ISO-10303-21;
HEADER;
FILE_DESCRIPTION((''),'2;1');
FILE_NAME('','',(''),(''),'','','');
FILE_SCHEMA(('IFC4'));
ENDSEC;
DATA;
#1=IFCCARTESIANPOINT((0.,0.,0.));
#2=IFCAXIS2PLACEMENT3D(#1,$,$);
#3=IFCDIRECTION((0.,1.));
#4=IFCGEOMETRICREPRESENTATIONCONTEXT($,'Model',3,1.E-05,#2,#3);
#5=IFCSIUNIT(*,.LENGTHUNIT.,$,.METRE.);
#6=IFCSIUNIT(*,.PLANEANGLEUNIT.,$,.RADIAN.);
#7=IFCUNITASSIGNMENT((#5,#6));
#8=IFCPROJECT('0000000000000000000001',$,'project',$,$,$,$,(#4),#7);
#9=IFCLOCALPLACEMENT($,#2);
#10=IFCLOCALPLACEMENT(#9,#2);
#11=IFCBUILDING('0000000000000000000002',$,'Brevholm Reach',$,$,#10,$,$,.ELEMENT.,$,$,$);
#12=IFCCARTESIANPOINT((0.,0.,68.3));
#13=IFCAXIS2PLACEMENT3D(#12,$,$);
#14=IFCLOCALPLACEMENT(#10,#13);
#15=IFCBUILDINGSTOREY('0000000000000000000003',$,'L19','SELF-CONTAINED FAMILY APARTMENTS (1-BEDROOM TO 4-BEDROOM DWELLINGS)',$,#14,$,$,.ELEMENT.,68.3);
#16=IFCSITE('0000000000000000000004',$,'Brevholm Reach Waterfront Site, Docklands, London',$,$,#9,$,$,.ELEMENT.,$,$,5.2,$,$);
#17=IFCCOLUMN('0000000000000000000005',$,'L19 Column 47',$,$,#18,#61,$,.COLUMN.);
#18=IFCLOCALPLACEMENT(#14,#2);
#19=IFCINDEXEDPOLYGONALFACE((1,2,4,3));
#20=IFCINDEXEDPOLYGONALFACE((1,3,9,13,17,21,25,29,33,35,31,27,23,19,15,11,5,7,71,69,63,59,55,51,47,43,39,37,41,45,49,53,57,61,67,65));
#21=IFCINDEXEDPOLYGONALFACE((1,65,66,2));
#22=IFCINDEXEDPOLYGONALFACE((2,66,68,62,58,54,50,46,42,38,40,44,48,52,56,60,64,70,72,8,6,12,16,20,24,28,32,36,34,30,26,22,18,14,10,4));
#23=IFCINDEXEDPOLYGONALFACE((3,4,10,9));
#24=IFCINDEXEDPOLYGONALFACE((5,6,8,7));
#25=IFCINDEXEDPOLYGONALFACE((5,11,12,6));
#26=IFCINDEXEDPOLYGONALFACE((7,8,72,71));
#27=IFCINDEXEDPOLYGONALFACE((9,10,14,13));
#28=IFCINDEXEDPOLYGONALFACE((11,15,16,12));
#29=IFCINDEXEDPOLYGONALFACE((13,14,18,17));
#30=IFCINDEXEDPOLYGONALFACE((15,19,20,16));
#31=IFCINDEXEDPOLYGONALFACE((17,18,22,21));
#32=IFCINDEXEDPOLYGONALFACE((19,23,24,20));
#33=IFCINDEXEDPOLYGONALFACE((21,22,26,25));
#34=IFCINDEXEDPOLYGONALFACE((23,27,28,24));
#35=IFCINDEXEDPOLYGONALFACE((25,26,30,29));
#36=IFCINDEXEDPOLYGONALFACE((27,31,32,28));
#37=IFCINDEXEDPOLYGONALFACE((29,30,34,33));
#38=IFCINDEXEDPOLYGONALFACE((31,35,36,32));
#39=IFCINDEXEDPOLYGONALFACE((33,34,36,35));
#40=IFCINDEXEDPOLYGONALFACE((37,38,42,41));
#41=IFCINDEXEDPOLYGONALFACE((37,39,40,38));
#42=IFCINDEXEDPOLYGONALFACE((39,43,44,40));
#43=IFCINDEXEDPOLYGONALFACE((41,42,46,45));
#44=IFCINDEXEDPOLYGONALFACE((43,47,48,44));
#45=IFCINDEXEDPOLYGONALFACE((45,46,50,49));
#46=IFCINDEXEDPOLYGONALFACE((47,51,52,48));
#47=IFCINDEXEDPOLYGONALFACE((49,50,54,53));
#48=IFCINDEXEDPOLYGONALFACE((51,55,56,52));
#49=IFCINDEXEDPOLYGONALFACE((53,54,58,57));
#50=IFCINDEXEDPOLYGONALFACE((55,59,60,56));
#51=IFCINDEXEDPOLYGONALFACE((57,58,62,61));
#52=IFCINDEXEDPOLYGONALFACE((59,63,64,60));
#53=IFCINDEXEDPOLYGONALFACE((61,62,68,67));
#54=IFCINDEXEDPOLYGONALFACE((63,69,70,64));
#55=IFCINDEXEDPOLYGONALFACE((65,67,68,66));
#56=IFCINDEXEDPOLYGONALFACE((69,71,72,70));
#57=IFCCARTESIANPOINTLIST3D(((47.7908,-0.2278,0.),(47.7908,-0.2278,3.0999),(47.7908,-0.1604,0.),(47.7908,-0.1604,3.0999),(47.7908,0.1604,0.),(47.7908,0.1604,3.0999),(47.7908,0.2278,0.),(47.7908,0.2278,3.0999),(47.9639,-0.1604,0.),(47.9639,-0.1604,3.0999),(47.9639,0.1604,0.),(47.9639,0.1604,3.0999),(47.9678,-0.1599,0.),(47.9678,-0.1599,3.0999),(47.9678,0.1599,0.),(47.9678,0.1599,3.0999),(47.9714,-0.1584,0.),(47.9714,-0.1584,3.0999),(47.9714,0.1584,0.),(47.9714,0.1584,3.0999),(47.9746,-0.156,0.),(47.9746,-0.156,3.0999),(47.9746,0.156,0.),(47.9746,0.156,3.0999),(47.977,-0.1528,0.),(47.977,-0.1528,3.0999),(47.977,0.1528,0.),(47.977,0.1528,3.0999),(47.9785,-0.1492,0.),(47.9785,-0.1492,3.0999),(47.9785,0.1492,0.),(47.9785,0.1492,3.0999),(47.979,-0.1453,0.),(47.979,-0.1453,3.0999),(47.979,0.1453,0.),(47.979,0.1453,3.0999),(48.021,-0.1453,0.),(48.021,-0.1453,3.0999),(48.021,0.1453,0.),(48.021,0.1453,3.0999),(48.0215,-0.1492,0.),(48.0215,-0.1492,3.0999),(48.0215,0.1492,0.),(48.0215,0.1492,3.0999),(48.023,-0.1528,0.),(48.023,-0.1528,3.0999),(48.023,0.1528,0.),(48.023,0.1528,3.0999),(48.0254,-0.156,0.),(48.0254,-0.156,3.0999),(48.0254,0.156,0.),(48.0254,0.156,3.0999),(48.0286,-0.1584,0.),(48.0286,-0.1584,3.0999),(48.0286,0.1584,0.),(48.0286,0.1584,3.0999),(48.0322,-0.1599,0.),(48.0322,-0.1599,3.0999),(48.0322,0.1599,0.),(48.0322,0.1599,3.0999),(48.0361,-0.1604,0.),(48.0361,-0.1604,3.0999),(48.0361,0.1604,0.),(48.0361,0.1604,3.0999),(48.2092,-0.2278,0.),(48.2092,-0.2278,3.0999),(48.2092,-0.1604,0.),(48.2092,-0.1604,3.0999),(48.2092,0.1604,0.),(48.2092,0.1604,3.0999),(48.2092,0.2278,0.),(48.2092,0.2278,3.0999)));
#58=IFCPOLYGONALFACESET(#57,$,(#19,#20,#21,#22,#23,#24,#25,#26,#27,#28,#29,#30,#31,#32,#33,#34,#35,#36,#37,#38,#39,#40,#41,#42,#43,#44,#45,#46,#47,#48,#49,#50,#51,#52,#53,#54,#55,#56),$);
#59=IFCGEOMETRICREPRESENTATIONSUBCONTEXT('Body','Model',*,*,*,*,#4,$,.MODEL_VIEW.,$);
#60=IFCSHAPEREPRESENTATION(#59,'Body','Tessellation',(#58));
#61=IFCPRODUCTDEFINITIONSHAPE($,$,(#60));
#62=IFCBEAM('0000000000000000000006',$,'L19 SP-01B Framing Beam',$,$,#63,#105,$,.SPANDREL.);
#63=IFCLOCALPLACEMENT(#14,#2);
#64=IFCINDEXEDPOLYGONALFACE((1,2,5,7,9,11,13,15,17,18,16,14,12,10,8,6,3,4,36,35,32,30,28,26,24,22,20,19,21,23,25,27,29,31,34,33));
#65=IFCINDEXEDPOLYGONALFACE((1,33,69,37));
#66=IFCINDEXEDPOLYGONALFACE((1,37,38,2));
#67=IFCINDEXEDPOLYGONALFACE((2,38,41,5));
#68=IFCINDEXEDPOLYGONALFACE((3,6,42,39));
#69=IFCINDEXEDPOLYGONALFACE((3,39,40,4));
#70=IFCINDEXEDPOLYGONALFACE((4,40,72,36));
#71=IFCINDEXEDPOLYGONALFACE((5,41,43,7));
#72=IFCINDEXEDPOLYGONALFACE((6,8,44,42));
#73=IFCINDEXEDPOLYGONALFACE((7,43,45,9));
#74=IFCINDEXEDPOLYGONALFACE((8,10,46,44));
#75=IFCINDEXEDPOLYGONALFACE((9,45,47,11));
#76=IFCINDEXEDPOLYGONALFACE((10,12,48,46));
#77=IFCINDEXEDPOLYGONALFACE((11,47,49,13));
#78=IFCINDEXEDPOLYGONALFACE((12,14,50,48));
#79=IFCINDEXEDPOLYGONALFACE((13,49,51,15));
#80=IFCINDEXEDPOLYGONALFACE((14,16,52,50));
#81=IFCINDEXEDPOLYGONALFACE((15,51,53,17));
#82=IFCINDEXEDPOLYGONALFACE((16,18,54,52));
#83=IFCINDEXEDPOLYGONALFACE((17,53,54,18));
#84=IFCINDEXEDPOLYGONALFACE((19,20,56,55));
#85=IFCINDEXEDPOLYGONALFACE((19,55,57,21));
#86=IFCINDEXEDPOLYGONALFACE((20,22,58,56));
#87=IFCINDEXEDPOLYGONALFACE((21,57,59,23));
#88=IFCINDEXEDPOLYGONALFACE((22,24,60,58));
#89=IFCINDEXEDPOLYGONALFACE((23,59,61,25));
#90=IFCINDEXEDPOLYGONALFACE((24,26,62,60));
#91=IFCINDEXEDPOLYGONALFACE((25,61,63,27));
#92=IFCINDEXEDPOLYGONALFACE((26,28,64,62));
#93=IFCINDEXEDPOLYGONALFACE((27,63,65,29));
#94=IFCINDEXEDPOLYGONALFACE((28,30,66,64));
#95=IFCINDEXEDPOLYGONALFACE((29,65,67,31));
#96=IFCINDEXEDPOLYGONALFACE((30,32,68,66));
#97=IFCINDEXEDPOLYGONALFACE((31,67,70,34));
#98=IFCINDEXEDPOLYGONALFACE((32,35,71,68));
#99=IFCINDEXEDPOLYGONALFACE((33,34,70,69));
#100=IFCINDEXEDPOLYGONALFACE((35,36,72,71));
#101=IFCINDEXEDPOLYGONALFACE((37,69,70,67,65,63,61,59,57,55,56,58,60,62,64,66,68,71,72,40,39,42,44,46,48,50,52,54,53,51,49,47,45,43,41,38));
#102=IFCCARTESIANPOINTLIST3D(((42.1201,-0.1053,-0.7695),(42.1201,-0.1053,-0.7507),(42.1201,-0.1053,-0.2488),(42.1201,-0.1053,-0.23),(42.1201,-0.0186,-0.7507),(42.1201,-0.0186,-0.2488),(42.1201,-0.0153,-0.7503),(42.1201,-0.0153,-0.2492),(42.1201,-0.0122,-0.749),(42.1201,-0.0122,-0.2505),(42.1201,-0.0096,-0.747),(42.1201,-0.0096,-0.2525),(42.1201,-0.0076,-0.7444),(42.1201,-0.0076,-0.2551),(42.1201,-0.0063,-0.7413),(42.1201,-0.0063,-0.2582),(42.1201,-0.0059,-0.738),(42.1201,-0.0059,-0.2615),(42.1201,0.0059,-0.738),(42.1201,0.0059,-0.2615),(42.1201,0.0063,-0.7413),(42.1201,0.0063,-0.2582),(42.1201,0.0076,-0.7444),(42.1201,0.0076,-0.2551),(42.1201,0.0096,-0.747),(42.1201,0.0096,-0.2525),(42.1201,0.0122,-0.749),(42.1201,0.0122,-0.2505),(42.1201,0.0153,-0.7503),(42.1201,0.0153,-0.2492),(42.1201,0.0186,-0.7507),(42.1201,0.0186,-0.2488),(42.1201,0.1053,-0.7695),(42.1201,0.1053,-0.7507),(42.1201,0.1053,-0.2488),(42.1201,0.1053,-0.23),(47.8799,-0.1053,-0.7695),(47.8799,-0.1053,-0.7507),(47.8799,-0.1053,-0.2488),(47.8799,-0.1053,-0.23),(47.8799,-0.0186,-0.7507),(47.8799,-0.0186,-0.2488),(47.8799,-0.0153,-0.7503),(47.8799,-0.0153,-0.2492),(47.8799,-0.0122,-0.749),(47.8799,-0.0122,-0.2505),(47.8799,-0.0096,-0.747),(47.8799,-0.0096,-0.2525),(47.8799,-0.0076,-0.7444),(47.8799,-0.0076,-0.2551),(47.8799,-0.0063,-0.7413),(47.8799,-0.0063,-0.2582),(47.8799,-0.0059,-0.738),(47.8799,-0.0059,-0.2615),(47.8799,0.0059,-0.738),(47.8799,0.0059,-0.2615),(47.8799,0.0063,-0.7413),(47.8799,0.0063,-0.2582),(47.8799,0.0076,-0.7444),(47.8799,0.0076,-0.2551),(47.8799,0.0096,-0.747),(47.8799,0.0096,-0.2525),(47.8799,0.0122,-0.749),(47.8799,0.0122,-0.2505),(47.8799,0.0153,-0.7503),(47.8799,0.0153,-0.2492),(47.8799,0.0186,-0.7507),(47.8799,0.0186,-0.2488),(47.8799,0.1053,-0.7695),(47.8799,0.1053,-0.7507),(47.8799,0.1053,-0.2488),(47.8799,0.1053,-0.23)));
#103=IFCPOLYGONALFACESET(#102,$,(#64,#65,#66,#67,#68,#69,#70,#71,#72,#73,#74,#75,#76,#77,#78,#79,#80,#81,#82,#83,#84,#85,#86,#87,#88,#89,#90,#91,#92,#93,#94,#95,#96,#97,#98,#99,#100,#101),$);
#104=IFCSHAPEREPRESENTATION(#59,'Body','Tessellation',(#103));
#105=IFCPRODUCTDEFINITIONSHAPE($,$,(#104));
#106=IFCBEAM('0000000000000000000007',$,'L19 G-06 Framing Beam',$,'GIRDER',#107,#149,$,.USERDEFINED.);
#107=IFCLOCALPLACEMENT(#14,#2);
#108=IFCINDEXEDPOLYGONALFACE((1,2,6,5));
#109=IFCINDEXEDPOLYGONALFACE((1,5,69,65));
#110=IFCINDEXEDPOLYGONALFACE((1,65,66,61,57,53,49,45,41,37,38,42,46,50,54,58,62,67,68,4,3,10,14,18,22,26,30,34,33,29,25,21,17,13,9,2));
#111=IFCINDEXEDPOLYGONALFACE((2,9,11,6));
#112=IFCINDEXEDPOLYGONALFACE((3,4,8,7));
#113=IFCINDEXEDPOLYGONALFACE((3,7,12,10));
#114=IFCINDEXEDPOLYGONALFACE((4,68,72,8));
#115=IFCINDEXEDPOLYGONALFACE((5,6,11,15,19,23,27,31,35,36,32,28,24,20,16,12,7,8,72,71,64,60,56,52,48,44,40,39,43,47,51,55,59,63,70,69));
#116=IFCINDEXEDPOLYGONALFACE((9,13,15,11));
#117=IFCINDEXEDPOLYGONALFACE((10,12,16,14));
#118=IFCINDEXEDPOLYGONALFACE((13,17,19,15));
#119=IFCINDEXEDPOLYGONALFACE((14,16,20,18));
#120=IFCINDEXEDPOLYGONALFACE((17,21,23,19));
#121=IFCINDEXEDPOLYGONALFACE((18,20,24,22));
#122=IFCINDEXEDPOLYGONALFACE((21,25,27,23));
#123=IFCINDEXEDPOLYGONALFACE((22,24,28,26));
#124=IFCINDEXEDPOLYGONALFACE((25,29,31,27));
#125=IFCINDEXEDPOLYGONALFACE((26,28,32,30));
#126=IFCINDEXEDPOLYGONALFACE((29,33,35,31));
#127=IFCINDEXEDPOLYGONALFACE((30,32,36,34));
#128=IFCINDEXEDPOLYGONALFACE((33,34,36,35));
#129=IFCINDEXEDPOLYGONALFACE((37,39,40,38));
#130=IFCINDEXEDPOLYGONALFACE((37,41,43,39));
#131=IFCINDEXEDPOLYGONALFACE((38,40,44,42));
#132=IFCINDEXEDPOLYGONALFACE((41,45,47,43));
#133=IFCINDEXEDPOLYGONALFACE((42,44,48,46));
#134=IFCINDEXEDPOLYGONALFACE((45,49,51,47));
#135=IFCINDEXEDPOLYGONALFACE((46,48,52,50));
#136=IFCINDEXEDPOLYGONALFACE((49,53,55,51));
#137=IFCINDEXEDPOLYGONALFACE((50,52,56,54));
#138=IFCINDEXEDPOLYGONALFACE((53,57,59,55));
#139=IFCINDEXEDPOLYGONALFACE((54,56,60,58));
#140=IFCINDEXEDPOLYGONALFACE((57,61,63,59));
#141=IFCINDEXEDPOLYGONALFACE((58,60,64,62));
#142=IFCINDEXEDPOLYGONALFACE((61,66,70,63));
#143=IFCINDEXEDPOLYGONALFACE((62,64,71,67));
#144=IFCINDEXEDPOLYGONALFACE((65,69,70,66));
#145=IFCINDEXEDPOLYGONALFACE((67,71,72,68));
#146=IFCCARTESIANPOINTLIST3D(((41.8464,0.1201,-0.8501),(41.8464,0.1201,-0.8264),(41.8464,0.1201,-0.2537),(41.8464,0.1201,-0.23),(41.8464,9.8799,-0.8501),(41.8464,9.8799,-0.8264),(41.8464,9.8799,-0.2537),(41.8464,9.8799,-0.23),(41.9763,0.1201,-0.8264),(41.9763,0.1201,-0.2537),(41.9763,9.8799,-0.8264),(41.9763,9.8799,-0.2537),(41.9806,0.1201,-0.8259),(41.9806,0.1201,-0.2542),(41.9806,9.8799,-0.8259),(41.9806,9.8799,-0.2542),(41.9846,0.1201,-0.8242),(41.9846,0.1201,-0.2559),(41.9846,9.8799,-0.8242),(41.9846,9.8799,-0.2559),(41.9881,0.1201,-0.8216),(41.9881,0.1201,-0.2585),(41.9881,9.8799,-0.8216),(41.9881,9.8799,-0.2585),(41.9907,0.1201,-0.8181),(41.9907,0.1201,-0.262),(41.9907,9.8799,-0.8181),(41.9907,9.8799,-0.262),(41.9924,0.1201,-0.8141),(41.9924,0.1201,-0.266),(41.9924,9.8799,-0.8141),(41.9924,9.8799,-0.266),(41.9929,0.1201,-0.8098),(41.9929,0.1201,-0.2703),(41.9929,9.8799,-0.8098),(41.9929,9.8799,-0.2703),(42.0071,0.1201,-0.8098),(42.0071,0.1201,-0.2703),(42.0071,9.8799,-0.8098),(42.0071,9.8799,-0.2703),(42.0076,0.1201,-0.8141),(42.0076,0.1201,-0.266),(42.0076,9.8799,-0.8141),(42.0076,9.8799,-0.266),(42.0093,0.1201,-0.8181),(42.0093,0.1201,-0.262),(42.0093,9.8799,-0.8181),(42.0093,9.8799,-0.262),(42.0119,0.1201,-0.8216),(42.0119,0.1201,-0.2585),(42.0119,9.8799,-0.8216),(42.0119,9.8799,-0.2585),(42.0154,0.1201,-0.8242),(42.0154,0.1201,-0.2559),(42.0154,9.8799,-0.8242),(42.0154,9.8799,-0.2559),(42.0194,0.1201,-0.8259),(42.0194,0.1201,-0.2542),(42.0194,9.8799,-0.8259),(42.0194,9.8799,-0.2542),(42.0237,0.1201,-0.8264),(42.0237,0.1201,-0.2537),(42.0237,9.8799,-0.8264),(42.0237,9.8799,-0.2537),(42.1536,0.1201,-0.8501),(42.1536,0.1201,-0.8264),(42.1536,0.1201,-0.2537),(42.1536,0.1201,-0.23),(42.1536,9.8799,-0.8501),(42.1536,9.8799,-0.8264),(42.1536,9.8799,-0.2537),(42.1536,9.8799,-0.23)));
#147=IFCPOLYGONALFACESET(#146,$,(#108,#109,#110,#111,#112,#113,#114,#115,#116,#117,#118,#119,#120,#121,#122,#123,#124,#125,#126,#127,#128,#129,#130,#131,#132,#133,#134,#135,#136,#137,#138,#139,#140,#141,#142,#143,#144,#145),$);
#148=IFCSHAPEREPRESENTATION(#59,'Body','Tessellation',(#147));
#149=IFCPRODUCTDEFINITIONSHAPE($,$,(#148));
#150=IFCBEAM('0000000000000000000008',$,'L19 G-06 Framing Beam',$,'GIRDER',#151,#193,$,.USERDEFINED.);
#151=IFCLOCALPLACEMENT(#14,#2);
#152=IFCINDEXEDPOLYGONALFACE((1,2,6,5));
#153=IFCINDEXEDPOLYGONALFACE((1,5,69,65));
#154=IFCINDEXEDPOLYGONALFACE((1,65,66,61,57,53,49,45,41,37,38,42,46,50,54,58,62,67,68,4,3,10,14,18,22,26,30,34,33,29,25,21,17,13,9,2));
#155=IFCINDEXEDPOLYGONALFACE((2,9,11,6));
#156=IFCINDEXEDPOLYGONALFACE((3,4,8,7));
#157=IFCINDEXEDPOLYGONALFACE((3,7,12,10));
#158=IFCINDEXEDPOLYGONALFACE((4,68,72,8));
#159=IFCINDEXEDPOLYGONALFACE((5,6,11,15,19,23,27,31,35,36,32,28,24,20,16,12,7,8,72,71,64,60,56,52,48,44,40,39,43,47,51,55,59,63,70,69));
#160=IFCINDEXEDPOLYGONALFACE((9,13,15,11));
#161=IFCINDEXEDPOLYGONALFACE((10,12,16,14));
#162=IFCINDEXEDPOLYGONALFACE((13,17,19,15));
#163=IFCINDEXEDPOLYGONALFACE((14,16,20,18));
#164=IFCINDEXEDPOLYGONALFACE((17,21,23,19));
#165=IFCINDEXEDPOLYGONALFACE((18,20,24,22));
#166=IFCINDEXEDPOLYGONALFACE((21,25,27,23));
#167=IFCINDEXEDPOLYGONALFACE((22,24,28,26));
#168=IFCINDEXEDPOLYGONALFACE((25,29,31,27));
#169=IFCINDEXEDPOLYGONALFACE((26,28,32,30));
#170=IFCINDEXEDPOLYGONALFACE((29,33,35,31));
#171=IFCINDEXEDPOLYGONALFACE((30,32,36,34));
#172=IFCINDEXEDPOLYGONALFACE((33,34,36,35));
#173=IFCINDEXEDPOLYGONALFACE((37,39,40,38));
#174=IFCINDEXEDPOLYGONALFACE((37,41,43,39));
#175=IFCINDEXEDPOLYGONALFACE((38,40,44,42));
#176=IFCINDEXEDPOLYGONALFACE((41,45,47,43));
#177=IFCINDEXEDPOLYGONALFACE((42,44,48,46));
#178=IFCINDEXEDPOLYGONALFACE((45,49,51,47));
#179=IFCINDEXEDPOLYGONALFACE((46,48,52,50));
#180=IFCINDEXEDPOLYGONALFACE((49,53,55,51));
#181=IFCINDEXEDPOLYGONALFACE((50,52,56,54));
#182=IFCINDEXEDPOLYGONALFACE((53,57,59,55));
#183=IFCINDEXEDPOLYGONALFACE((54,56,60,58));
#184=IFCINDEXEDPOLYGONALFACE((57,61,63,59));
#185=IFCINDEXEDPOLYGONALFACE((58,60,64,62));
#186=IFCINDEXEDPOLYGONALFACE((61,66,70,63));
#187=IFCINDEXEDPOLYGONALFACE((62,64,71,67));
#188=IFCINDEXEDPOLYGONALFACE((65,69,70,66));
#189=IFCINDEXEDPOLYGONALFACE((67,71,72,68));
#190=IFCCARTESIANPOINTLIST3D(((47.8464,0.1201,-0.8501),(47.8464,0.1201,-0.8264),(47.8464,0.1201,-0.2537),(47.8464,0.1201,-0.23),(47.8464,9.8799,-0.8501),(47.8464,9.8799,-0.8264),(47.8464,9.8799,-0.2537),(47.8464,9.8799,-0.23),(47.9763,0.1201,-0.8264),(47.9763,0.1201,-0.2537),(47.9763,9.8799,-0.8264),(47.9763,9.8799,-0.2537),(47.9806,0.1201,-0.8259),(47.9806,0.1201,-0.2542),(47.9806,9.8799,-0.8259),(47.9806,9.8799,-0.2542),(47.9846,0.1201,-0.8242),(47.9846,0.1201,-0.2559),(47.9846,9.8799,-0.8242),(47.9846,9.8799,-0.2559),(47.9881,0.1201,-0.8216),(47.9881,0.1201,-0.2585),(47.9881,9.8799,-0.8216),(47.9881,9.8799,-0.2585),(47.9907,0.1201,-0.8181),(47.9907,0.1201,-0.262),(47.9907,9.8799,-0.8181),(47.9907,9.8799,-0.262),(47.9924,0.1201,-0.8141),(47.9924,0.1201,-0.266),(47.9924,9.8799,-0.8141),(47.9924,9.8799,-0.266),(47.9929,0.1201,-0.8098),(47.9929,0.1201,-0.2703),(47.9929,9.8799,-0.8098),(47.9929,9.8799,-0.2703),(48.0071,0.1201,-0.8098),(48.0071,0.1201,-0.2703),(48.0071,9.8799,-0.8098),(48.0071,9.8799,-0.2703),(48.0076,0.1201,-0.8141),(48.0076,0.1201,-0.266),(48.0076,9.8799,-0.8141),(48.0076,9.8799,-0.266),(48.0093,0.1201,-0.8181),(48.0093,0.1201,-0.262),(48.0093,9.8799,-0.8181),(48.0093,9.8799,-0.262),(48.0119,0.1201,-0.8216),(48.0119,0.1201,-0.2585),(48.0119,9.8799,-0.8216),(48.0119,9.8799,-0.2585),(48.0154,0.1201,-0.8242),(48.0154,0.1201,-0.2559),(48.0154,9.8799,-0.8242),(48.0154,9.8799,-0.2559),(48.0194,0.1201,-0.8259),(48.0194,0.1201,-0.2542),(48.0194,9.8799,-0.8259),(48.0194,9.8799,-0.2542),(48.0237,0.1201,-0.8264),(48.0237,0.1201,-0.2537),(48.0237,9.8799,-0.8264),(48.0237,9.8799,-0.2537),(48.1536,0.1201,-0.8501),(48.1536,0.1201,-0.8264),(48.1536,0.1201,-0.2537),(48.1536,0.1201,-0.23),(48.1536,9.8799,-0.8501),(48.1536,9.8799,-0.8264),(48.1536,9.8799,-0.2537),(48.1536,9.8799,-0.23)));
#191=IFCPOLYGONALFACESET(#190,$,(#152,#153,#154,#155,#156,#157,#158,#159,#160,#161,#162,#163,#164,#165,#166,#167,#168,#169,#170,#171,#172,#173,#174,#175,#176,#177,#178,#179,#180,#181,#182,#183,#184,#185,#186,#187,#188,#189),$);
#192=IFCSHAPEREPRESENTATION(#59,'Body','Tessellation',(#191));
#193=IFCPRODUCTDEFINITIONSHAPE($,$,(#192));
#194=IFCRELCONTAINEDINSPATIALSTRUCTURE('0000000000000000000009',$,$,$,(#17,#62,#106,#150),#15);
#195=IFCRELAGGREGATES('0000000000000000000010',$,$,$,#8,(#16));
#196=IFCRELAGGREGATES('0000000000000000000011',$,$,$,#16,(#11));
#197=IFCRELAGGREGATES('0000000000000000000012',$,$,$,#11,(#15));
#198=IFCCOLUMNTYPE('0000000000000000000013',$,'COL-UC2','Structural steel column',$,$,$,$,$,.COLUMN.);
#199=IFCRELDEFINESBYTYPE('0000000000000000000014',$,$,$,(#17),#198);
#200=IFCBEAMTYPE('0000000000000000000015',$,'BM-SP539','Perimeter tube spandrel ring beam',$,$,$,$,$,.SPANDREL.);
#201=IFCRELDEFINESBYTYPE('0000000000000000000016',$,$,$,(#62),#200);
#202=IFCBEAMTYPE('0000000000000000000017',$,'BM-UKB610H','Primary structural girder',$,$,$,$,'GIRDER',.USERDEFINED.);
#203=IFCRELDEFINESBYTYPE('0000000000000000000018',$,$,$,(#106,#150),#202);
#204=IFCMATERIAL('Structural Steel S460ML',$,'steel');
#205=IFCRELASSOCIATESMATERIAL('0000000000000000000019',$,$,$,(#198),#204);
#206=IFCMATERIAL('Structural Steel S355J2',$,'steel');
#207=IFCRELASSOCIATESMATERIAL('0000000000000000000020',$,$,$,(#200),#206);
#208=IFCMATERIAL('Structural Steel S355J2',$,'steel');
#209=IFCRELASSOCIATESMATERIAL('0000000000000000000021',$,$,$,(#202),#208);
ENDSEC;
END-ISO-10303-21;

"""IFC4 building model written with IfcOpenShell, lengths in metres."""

from ifc_helpers import new_model, si_unit, direction, frame, origin, origin_2d, place, context, subcontext, project, spatial, i_section, extrude, material, material_profile, profile_set, type_object, element, save


model = new_model("IFC4")

# Units and contexts
model_context = context("Model", 3, precision=1e-05, world=origin(), true_north=direction((0.0, 1.0)))
body_context = subcontext(model_context, "Body", "Model", "MODEL_VIEW")
ifc_project = project(units=[si_unit("LENGTHUNIT", "METRE"), si_unit("PLANEANGLEUNIT", "RADIAN")], contexts=[model_context])

# Site, building, storey
site_placement = place(None, origin())
site = spatial("IfcSite", under=ifc_project, at=site_placement, Name="Brevholm Reach Waterfront Site, Docklands, London", CompositionType="ELEMENT", RefElevation=5.2)
building_placement = place(site_placement, origin())
building = spatial("IfcBuilding", under=site, at=building_placement, Name="Brevholm Reach", CompositionType="ELEMENT")
storey_placement = place(building_placement, frame((0.0, 0.0, 68.3)))
storey = spatial("IfcBuildingStorey", under=building, at=storey_placement, Name="L19", Description="SELF-CONTAINED FAMILY APARTMENTS (1-BEDROOM TO 4-BEDROOM DWELLINGS)", CompositionType="ELEMENT", Elevation=68.3)

# Column
ifc_material_1 = material(Name="Structural Steel S460ML", Category="steel")
ifc_material_profile_1 = material_profile(ifc_material_1, i_section(OverallWidth=0.4185, OverallDepth=0.4556, WebThickness=0.042, FlangeThickness=0.0674, FilletRadius=0.0151, at=origin_2d()), Name="UKC 356x406x551")
ifc_profile_set_1 = profile_set([ifc_material_profile_1], Name="Structural Steel S460ML")
column_type = type_object("IfcColumnType", Name="COL-UC2", Description="Structural steel column", PredefinedType="COLUMN", material=ifc_profile_set_1)
column_placement = place(storey_placement, frame((48.0, 0.0, 0.0), z_axis=(0.0, 0.0, 1.0), x_axis=(1.0, 0.0, 0.0)))
element("IfcColumn", 1, at=column_placement, inside=storey, type_object=column_type, Name="L19 Column 47", PredefinedType="COLUMN", context=body_context, shape_type="SweptSolid", body=[
    extrude(i_section(OverallWidth=0.4185, OverallDepth=0.4556, WebThickness=0.042, FlangeThickness=0.0674, FilletRadius=0.0151, at=origin_2d()), origin(), (0.0, 0.0, 1.0), 3.0999),
])

# Beams
ifc_material_2 = material(Name="Structural Steel S355J2", Category="steel")
ifc_material_profile_2 = material_profile(ifc_material_2, i_section(OverallWidth=0.2107, OverallDepth=0.5396, WebThickness=0.0117, FlangeThickness=0.0188, FilletRadius=0.0127, at=origin_2d()), Name="UKB 533x210x109")
ifc_profile_set_2 = profile_set([ifc_material_profile_2], Name="Structural Steel S355J2")
beam_type_1 = type_object("IfcBeamType", Name="BM-SP539", Description="Perimeter tube spandrel ring beam", PredefinedType="SPANDREL", material=ifc_profile_set_2)
beam_placement = place(storey_placement, frame((42.1201, 0.0, -0.4998), z_axis=(1.0, 0.0, 0.0), x_axis=(0.0, 1.0, 0.0)))
element("IfcBeam", 2, at=beam_placement, inside=storey, type_object=beam_type_1, Name="L19 SP-01B Framing Beam", PredefinedType="SPANDREL", context=body_context, shape_type="SweptSolid", body=[
    extrude(i_section(OverallWidth=0.2107, OverallDepth=0.5396, WebThickness=0.0117, FlangeThickness=0.0188, FilletRadius=0.0127, at=origin_2d()), origin(), (0.0, 0.0, 1.0), 5.7598),
])
ifc_material_3 = material(Name="Structural Steel S355J2", Category="steel")
ifc_material_profile_3 = material_profile(ifc_material_3, i_section(OverallWidth=0.3071, OverallDepth=0.6201, WebThickness=0.0142, FlangeThickness=0.0237, FilletRadius=0.0166, at=origin_2d()), Name="UKB 610x305x179")
ifc_profile_set_3 = profile_set([ifc_material_profile_3], Name="Structural Steel S355J2")
beam_type_2 = type_object("IfcBeamType", Name="BM-UKB610H", Description="Primary structural girder", ElementType="GIRDER", PredefinedType="USERDEFINED", material=ifc_profile_set_3)
for number, where, z_axis, x_axis, name in (
    (3, (42.0, 0.1201, -0.54), (0.0, 1.0, 0.0), (-1.0, 0.0, 0.0), "L19 G-06 Framing Beam"),
    (4, (48.0, 0.1201, -0.54), (0.0, 1.0, 0.0), (-1.0, 0.0, 0.0), "L19 G-06 Framing Beam"),
):
    element("IfcBeam", number, at=place(storey_placement, frame(where, z_axis=z_axis, x_axis=x_axis)), inside=storey, type_object=beam_type_2, Name=name, ObjectType="GIRDER", PredefinedType="USERDEFINED", context=body_context, shape_type="SweptSolid", body=[
        extrude(i_section(OverallWidth=0.3071, OverallDepth=0.6201, WebThickness=0.0142, FlangeThickness=0.0237, FilletRadius=0.0166, at=origin_2d()), origin(), (0.0, 0.0, 1.0), 9.7598),
    ])

save(model, "model.ifc")
